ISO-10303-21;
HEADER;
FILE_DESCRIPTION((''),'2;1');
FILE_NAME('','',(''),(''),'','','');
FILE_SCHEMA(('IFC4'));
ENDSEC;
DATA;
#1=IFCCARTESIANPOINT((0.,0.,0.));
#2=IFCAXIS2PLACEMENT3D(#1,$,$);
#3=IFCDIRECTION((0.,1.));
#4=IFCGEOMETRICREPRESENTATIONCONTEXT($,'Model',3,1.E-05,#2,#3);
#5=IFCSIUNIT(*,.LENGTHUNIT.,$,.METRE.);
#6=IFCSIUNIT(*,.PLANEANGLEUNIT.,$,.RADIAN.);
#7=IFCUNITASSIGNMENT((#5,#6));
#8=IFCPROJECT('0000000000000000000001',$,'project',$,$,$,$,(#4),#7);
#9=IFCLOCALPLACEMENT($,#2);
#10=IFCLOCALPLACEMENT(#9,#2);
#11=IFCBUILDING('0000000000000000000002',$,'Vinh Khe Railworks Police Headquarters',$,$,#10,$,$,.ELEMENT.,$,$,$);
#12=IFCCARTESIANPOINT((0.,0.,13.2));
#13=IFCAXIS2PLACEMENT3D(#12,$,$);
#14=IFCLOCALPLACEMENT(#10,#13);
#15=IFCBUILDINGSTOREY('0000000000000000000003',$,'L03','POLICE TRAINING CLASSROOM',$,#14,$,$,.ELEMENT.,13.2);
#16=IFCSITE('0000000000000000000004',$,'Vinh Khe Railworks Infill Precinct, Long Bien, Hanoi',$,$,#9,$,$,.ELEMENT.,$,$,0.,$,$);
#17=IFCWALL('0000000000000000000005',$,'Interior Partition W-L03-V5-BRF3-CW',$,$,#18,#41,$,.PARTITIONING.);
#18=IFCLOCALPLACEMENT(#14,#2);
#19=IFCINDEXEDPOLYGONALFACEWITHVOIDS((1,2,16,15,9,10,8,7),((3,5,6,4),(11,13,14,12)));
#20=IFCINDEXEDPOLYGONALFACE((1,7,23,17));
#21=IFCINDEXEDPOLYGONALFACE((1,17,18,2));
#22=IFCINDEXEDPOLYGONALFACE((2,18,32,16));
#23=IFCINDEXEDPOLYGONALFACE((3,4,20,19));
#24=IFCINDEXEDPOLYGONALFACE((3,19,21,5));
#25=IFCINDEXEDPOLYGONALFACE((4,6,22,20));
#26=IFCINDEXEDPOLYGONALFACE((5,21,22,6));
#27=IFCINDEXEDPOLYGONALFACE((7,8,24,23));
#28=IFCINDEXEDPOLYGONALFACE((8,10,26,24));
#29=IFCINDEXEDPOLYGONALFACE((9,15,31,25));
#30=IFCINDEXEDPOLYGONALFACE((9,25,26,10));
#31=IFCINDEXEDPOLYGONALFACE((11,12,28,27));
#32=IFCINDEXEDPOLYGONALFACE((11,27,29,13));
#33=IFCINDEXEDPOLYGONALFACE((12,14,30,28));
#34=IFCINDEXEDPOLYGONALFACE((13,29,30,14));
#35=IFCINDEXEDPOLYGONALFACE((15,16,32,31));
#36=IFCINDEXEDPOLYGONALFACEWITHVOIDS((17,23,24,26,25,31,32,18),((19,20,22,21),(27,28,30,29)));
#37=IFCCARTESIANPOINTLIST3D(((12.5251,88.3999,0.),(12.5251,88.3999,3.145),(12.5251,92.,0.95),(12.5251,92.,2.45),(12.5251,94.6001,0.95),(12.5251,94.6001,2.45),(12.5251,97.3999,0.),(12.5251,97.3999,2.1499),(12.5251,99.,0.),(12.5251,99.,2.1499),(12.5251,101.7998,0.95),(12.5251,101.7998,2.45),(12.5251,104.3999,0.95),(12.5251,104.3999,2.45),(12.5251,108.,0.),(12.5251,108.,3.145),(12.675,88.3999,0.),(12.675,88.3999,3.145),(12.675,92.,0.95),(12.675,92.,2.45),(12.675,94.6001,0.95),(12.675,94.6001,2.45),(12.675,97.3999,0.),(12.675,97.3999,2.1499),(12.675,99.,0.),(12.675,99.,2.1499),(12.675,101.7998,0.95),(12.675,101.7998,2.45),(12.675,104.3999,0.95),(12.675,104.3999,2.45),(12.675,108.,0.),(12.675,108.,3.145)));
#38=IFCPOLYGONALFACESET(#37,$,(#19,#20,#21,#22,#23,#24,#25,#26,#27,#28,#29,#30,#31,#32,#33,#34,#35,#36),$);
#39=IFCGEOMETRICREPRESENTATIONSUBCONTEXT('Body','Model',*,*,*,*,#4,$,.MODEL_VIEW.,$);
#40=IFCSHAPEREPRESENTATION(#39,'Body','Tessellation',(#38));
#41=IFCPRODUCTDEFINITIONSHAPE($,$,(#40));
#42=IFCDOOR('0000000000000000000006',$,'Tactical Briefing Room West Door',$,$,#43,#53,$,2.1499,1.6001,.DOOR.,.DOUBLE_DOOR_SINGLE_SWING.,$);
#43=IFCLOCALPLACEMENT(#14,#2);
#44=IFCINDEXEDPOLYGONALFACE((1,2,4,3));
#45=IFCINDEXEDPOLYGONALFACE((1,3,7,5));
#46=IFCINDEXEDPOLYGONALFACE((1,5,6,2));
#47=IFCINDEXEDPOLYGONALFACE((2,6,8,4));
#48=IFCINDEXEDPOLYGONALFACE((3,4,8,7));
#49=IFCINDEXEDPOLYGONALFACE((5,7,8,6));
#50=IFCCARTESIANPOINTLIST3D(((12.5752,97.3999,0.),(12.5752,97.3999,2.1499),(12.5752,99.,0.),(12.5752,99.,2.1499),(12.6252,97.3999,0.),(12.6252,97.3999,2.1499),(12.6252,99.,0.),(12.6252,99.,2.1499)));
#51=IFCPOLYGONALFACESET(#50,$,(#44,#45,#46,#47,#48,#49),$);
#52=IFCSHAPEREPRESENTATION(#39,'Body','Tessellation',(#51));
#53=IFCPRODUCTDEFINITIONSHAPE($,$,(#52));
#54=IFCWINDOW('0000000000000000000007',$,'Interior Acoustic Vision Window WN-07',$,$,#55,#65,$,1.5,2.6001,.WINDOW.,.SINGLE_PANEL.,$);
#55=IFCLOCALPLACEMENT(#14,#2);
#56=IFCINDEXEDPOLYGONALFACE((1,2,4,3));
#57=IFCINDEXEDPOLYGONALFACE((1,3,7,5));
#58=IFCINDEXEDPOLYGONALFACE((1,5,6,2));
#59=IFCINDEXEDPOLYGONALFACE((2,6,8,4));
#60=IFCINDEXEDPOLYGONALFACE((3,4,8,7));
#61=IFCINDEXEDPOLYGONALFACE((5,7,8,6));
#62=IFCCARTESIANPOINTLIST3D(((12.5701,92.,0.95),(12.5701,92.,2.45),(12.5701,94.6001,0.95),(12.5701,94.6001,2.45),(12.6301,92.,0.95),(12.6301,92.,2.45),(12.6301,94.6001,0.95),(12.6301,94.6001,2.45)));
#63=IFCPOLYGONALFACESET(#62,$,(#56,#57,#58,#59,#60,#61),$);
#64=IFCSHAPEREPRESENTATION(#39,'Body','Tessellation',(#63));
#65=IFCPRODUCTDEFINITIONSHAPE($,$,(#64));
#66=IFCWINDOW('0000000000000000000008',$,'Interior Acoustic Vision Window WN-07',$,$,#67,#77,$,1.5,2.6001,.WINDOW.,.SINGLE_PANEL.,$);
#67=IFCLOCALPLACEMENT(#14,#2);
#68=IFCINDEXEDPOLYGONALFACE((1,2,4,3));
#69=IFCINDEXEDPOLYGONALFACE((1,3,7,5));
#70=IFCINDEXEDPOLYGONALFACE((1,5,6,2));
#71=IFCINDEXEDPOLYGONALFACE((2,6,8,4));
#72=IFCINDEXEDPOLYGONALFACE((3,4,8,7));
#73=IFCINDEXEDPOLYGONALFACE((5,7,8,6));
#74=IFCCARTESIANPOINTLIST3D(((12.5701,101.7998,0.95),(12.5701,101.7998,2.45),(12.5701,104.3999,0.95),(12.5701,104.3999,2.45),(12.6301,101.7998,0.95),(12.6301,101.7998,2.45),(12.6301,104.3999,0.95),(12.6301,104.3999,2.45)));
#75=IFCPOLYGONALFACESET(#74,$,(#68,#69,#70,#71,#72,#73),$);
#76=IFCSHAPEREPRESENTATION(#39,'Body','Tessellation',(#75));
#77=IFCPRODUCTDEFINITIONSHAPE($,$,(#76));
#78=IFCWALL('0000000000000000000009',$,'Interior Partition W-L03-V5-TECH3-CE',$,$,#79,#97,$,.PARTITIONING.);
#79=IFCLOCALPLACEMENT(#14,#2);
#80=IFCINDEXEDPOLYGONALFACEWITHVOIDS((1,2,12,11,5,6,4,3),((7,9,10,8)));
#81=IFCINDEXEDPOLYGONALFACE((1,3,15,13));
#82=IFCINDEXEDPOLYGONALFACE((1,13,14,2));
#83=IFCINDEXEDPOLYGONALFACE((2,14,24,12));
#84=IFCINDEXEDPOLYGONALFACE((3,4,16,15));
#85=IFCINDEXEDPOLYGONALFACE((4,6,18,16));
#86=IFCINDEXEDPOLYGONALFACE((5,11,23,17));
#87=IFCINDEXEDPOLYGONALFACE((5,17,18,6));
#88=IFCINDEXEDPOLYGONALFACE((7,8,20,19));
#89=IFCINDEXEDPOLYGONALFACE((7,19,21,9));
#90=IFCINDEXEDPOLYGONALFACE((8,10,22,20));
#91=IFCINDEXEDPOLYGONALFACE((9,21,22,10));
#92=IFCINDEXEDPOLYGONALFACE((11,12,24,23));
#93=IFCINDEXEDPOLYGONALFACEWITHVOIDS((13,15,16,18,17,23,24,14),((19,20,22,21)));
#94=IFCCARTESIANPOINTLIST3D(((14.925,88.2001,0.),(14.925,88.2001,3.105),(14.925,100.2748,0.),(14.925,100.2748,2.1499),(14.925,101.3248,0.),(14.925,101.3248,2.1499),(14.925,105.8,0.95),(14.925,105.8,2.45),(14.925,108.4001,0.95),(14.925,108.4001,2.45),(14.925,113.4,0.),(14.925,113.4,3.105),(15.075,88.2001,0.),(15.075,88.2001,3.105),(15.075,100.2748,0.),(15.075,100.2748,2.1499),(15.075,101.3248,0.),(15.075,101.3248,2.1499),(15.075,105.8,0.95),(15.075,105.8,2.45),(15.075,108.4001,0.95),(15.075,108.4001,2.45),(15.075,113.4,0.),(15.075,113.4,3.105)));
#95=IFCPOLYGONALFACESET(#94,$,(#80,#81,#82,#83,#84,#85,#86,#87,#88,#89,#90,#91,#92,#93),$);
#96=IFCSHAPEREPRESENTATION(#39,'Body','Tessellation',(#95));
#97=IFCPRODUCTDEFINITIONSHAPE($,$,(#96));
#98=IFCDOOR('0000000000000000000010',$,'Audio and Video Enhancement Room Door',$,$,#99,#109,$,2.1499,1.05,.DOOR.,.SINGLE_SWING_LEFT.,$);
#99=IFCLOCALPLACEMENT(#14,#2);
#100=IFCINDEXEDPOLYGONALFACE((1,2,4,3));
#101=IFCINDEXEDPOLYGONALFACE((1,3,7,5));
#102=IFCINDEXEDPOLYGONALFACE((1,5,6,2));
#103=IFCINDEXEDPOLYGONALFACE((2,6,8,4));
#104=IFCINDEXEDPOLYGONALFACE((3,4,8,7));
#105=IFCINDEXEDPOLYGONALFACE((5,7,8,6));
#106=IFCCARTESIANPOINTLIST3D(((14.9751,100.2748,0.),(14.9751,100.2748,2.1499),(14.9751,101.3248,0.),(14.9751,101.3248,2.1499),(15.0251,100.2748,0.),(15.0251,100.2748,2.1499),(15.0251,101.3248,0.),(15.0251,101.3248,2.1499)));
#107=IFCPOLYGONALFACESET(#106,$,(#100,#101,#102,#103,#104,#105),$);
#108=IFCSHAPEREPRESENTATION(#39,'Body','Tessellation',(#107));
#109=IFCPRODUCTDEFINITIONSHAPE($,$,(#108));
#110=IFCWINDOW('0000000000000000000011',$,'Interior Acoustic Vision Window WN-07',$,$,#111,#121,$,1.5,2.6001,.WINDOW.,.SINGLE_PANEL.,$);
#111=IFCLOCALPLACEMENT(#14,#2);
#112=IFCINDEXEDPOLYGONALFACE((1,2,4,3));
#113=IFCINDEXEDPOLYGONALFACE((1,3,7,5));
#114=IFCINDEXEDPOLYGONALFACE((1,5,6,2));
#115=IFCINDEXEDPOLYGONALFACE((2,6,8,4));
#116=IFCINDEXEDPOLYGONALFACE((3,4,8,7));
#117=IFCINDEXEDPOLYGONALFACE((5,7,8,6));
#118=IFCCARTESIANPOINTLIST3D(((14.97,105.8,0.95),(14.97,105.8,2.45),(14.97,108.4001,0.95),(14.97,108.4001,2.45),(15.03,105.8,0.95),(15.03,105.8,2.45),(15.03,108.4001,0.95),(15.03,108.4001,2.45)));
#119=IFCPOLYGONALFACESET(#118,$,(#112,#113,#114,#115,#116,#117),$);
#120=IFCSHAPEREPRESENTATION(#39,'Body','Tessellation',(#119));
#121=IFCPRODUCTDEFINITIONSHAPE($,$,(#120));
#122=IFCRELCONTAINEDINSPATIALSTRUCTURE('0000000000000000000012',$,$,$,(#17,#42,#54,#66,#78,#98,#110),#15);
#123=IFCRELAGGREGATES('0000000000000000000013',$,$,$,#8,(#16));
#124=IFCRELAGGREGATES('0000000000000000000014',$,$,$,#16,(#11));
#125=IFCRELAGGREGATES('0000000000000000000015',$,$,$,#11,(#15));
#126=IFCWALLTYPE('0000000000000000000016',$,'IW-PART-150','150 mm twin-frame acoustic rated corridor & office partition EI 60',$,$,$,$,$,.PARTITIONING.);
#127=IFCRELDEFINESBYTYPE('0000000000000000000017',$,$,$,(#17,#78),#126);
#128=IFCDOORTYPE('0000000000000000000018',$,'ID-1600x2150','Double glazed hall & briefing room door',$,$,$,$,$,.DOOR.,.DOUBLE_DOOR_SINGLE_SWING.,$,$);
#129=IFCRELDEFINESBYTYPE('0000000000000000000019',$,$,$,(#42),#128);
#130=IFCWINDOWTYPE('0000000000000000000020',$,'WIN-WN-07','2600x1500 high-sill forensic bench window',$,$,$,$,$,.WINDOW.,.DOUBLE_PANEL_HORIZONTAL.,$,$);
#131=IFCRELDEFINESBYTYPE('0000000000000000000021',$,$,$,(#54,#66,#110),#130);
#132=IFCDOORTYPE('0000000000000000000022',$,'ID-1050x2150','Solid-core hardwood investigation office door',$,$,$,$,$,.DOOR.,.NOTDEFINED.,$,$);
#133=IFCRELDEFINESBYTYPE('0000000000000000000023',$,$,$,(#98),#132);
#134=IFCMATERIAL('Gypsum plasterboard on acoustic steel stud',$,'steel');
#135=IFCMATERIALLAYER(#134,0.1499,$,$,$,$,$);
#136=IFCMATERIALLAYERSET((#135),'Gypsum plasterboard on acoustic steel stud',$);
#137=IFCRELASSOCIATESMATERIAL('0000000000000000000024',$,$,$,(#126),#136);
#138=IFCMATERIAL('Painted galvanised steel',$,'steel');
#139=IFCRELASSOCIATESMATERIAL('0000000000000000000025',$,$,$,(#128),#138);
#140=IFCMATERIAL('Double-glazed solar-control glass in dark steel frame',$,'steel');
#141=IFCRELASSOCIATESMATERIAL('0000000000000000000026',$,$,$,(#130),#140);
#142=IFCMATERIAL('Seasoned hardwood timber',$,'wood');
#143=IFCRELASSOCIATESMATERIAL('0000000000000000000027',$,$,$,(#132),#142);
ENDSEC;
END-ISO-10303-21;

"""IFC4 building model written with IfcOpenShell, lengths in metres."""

from ifc_helpers import new_model, si_unit, direction, frame, frame_2d, origin, place, context, subcontext, project, spatial, rectangle, extrude, material, layer, layer_set, type_object, element, fill, save


model = new_model("IFC4")

# Units and contexts
model_context = context("Model", 3, precision=1e-05, world=origin(), true_north=direction((0.0, 1.0)))
body_context = subcontext(model_context, "Body", "Model", "MODEL_VIEW")
ifc_project = project(units=[si_unit("LENGTHUNIT", "METRE"), si_unit("PLANEANGLEUNIT", "RADIAN")], contexts=[model_context])

# Site, building, storey
site_placement = place(None, origin())
site = spatial("IfcSite", under=ifc_project, at=site_placement, Name="Vinh Khe Railworks Infill Precinct, Long Bien, Hanoi", CompositionType="ELEMENT", RefElevation=0.0)
building_placement = place(site_placement, origin())
building = spatial("IfcBuilding", under=site, at=building_placement, Name="Vinh Khe Railworks Police Headquarters", CompositionType="ELEMENT")
storey_placement = place(building_placement, frame((0.0, 0.0, 13.2)))
storey = spatial("IfcBuildingStorey", under=building, at=storey_placement, Name="L03", Description="POLICE TRAINING CLASSROOM", CompositionType="ELEMENT", Elevation=13.2)

# Shared definitions
ifc_material_1 = material(Name="Double-glazed solar-control glass in dark steel frame", Category="steel")

# Wall, openings, door, windows
ifc_material_2 = material(Name="Gypsum plasterboard on acoustic steel stud", Category="steel")
ifc_layer_1 = layer(ifc_material_2, 0.1499)
ifc_layer_set_1 = layer_set([ifc_layer_1], Name="Gypsum plasterboard on acoustic steel stud")
wall_type_1 = type_object("IfcWallType", Name="IW-PART-150", Description="150 mm twin-frame acoustic rated corridor & office partition EI 60", PredefinedType="PARTITIONING", material=ifc_layer_set_1)
wall_1_placement = place(storey_placement, frame((12.6001, 88.3999, 0.0), z_axis=(0.0, 0.0, 1.0), x_axis=(0.0, 1.0, 0.0)))
wall_1 = element("IfcWall", 1, at=wall_1_placement, inside=storey, type_object=wall_type_1, Name="Interior Partition W-L03-V5-BRF3-CW", PredefinedType="PARTITIONING", context=body_context, shape_type="SweptSolid", body=[
    extrude(rectangle(XDim=19.6001, YDim=0.1499, at=frame_2d((9.8, 0.0))), origin(), (0.0, 0.0, 1.0), 3.145),
])
opening_1_placement = place(wall_1_placement, frame((9.0, 0.0, 0.0)))
opening_1 = element("IfcOpeningElement", 2, at=opening_1_placement, cuts=wall_1, PredefinedType="OPENING", context=body_context, shape_type="SweptSolid", body=[
    extrude(rectangle(XDim=1.6001, YDim=2.1499, at=frame_2d((0.8, 1.075))), frame((0.0, 0.0898, 0.0), z_axis=(0.0, -1.0, 0.0), x_axis=(1.0, 0.0, 0.0)), (0.0, 0.0, 1.0), 0.1797),
])
opening_2_placement = place(wall_1_placement, frame((3.6001, 0.0, 0.95)))
opening_2 = element("IfcOpeningElement", 3, at=opening_2_placement, cuts=wall_1, PredefinedType="OPENING", context=body_context, shape_type="SweptSolid", body=[
    extrude(rectangle(XDim=2.6001, YDim=1.5, at=frame_2d((1.3, 0.75))), frame((0.0, 0.0898, 0.0), z_axis=(0.0, -1.0, 0.0), x_axis=(1.0, 0.0, 0.0)), (0.0, 0.0, 1.0), 0.1797),
])
opening_3_placement = place(wall_1_placement, frame((13.3999, 0.0, 0.95)))
opening_3 = element("IfcOpeningElement", 4, at=opening_3_placement, cuts=wall_1, PredefinedType="OPENING", context=body_context, shape_type="SweptSolid", body=[
    extrude(rectangle(XDim=2.6001, YDim=1.5, at=frame_2d((1.3, 0.75))), frame((0.0, 0.0898, 0.0), z_axis=(0.0, -1.0, 0.0), x_axis=(1.0, 0.0, 0.0)), (0.0, 0.0, 1.0), 0.1797),
])
ifc_material_3 = material(Name="Painted galvanised steel", Category="steel")
door_type_1 = type_object("IfcDoorType", Name="ID-1600x2150", Description="Double glazed hall & briefing room door", OperationType="DOUBLE_DOOR_SINGLE_SWING", PredefinedType="DOOR", material=ifc_material_3)
door_1_placement = place(opening_1_placement, origin())
door_1 = element("IfcDoor", 5, at=door_1_placement, inside=storey, type_object=door_type_1, Name="Tactical Briefing Room West Door", OperationType="DOUBLE_DOOR_SINGLE_SWING", OverallHeight=2.1499, OverallWidth=1.6001, PredefinedType="DOOR", context=body_context, shape_type="SweptSolid", body=[
    extrude(rectangle(XDim=1.6001, YDim=2.1499, at=frame_2d((0.8, 1.075))), frame((0.0, 0.0249, 0.0), z_axis=(0.0, -1.0, 0.0), x_axis=(1.0, 0.0, 0.0)), (0.0, 0.0, 1.0), 0.05),
])
fill(opening_1, door_1)
window_type_1 = type_object("IfcWindowType", Name="WIN-WN-07", Description="2600x1500 high-sill forensic bench window", PartitioningType="DOUBLE_PANEL_HORIZONTAL", PredefinedType="WINDOW", material=ifc_material_1)
window_1_placement = place(opening_2_placement, origin())
window_1 = element("IfcWindow", 6, at=window_1_placement, inside=storey, type_object=window_type_1, Name="Interior Acoustic Vision Window WN-07", OverallHeight=1.5, OverallWidth=2.6001, PartitioningType="SINGLE_PANEL", PredefinedType="WINDOW", context=body_context, shape_type="SweptSolid", body=[
    extrude(rectangle(XDim=2.6001, YDim=1.5, at=frame_2d((1.3, 0.75))), frame((0.0, 0.03, 0.0), z_axis=(0.0, -1.0, 0.0), x_axis=(1.0, 0.0, 0.0)), (0.0, 0.0, 1.0), 0.0601),
])
fill(opening_2, window_1)
window_2_placement = place(opening_3_placement, origin())
window_2 = element("IfcWindow", 7, at=window_2_placement, inside=storey, type_object=window_type_1, Name="Interior Acoustic Vision Window WN-07", OverallHeight=1.5, OverallWidth=2.6001, PartitioningType="SINGLE_PANEL", PredefinedType="WINDOW", context=body_context, shape_type="SweptSolid", body=[
    extrude(rectangle(XDim=2.6001, YDim=1.5, at=frame_2d((1.3, 0.75))), frame((0.0, 0.03, 0.0), z_axis=(0.0, -1.0, 0.0), x_axis=(1.0, 0.0, 0.0)), (0.0, 0.0, 1.0), 0.0601),
])
fill(opening_3, window_2)

# Wall, openings, door, window
wall_2_placement = place(storey_placement, frame((15.0, 88.2, 0.0), z_axis=(0.0, 0.0, 1.0), x_axis=(0.0, 1.0, 0.0)))
wall_2 = element("IfcWall", 8, at=wall_2_placement, inside=storey, type_object=wall_type_1, Name="Interior Partition W-L03-V5-TECH3-CE", PredefinedType="PARTITIONING", context=body_context, shape_type="SweptSolid", body=[
    extrude(rectangle(XDim=25.2, YDim=0.1499, at=frame_2d((12.6001, 0.0))), origin(), (0.0, 0.0, 1.0), 3.105),
])
opening_4_placement = place(wall_2_placement, frame((12.075, 0.0, 0.0)))
opening_4 = element("IfcOpeningElement", 9, at=opening_4_placement, cuts=wall_2, PredefinedType="OPENING", context=body_context, shape_type="SweptSolid", body=[
    extrude(rectangle(XDim=1.05, YDim=2.1499, at=frame_2d((0.5249, 1.075))), frame((0.0, 0.0898, 0.0), z_axis=(0.0, -1.0, 0.0), x_axis=(1.0, 0.0, 0.0)), (0.0, 0.0, 1.0), 0.1797),
])
opening_5_placement = place(wall_2_placement, frame((17.6001, 0.0, 0.95)))
opening_5 = element("IfcOpeningElement", 10, at=opening_5_placement, cuts=wall_2, PredefinedType="OPENING", context=body_context, shape_type="SweptSolid", body=[
    extrude(rectangle(XDim=2.6001, YDim=1.5, at=frame_2d((1.3, 0.75))), frame((0.0, 0.0898, 0.0), z_axis=(0.0, -1.0, 0.0), x_axis=(1.0, 0.0, 0.0)), (0.0, 0.0, 1.0), 0.1797),
])
ifc_material_4 = material(Name="Seasoned hardwood timber", Category="wood")
door_type_2 = type_object("IfcDoorType", Name="ID-1050x2150", Description="Solid-core hardwood investigation office door", OperationType="NOTDEFINED", PredefinedType="DOOR", material=ifc_material_4)
door_2_placement = place(opening_4_placement, origin())
door_2 = element("IfcDoor", 11, at=door_2_placement, inside=storey, type_object=door_type_2, Name="Audio and Video Enhancement Room Door", OperationType="SINGLE_SWING_LEFT", OverallHeight=2.1499, OverallWidth=1.05, PredefinedType="DOOR", context=body_context, shape_type="SweptSolid", body=[
    extrude(rectangle(XDim=1.05, YDim=2.1499, at=frame_2d((0.5249, 1.075))), frame((0.0, 0.0249, 0.0), z_axis=(0.0, -1.0, 0.0), x_axis=(1.0, 0.0, 0.0)), (0.0, 0.0, 1.0), 0.05),
])
fill(opening_4, door_2)
window_3_placement = place(opening_5_placement, origin())
window_3 = element("IfcWindow", 12, at=window_3_placement, inside=storey, type_object=window_type_1, Name="Interior Acoustic Vision Window WN-07", OverallHeight=1.5, OverallWidth=2.6001, PartitioningType="SINGLE_PANEL", PredefinedType="WINDOW", context=body_context, shape_type="SweptSolid", body=[
    extrude(rectangle(XDim=2.6001, YDim=1.5, at=frame_2d((1.3, 0.75))), frame((0.0, 0.03, 0.0), z_axis=(0.0, -1.0, 0.0), x_axis=(1.0, 0.0, 0.0)), (0.0, 0.0, 1.0), 0.0601),
])
fill(opening_5, window_3)

save(model, "model.ifc")
